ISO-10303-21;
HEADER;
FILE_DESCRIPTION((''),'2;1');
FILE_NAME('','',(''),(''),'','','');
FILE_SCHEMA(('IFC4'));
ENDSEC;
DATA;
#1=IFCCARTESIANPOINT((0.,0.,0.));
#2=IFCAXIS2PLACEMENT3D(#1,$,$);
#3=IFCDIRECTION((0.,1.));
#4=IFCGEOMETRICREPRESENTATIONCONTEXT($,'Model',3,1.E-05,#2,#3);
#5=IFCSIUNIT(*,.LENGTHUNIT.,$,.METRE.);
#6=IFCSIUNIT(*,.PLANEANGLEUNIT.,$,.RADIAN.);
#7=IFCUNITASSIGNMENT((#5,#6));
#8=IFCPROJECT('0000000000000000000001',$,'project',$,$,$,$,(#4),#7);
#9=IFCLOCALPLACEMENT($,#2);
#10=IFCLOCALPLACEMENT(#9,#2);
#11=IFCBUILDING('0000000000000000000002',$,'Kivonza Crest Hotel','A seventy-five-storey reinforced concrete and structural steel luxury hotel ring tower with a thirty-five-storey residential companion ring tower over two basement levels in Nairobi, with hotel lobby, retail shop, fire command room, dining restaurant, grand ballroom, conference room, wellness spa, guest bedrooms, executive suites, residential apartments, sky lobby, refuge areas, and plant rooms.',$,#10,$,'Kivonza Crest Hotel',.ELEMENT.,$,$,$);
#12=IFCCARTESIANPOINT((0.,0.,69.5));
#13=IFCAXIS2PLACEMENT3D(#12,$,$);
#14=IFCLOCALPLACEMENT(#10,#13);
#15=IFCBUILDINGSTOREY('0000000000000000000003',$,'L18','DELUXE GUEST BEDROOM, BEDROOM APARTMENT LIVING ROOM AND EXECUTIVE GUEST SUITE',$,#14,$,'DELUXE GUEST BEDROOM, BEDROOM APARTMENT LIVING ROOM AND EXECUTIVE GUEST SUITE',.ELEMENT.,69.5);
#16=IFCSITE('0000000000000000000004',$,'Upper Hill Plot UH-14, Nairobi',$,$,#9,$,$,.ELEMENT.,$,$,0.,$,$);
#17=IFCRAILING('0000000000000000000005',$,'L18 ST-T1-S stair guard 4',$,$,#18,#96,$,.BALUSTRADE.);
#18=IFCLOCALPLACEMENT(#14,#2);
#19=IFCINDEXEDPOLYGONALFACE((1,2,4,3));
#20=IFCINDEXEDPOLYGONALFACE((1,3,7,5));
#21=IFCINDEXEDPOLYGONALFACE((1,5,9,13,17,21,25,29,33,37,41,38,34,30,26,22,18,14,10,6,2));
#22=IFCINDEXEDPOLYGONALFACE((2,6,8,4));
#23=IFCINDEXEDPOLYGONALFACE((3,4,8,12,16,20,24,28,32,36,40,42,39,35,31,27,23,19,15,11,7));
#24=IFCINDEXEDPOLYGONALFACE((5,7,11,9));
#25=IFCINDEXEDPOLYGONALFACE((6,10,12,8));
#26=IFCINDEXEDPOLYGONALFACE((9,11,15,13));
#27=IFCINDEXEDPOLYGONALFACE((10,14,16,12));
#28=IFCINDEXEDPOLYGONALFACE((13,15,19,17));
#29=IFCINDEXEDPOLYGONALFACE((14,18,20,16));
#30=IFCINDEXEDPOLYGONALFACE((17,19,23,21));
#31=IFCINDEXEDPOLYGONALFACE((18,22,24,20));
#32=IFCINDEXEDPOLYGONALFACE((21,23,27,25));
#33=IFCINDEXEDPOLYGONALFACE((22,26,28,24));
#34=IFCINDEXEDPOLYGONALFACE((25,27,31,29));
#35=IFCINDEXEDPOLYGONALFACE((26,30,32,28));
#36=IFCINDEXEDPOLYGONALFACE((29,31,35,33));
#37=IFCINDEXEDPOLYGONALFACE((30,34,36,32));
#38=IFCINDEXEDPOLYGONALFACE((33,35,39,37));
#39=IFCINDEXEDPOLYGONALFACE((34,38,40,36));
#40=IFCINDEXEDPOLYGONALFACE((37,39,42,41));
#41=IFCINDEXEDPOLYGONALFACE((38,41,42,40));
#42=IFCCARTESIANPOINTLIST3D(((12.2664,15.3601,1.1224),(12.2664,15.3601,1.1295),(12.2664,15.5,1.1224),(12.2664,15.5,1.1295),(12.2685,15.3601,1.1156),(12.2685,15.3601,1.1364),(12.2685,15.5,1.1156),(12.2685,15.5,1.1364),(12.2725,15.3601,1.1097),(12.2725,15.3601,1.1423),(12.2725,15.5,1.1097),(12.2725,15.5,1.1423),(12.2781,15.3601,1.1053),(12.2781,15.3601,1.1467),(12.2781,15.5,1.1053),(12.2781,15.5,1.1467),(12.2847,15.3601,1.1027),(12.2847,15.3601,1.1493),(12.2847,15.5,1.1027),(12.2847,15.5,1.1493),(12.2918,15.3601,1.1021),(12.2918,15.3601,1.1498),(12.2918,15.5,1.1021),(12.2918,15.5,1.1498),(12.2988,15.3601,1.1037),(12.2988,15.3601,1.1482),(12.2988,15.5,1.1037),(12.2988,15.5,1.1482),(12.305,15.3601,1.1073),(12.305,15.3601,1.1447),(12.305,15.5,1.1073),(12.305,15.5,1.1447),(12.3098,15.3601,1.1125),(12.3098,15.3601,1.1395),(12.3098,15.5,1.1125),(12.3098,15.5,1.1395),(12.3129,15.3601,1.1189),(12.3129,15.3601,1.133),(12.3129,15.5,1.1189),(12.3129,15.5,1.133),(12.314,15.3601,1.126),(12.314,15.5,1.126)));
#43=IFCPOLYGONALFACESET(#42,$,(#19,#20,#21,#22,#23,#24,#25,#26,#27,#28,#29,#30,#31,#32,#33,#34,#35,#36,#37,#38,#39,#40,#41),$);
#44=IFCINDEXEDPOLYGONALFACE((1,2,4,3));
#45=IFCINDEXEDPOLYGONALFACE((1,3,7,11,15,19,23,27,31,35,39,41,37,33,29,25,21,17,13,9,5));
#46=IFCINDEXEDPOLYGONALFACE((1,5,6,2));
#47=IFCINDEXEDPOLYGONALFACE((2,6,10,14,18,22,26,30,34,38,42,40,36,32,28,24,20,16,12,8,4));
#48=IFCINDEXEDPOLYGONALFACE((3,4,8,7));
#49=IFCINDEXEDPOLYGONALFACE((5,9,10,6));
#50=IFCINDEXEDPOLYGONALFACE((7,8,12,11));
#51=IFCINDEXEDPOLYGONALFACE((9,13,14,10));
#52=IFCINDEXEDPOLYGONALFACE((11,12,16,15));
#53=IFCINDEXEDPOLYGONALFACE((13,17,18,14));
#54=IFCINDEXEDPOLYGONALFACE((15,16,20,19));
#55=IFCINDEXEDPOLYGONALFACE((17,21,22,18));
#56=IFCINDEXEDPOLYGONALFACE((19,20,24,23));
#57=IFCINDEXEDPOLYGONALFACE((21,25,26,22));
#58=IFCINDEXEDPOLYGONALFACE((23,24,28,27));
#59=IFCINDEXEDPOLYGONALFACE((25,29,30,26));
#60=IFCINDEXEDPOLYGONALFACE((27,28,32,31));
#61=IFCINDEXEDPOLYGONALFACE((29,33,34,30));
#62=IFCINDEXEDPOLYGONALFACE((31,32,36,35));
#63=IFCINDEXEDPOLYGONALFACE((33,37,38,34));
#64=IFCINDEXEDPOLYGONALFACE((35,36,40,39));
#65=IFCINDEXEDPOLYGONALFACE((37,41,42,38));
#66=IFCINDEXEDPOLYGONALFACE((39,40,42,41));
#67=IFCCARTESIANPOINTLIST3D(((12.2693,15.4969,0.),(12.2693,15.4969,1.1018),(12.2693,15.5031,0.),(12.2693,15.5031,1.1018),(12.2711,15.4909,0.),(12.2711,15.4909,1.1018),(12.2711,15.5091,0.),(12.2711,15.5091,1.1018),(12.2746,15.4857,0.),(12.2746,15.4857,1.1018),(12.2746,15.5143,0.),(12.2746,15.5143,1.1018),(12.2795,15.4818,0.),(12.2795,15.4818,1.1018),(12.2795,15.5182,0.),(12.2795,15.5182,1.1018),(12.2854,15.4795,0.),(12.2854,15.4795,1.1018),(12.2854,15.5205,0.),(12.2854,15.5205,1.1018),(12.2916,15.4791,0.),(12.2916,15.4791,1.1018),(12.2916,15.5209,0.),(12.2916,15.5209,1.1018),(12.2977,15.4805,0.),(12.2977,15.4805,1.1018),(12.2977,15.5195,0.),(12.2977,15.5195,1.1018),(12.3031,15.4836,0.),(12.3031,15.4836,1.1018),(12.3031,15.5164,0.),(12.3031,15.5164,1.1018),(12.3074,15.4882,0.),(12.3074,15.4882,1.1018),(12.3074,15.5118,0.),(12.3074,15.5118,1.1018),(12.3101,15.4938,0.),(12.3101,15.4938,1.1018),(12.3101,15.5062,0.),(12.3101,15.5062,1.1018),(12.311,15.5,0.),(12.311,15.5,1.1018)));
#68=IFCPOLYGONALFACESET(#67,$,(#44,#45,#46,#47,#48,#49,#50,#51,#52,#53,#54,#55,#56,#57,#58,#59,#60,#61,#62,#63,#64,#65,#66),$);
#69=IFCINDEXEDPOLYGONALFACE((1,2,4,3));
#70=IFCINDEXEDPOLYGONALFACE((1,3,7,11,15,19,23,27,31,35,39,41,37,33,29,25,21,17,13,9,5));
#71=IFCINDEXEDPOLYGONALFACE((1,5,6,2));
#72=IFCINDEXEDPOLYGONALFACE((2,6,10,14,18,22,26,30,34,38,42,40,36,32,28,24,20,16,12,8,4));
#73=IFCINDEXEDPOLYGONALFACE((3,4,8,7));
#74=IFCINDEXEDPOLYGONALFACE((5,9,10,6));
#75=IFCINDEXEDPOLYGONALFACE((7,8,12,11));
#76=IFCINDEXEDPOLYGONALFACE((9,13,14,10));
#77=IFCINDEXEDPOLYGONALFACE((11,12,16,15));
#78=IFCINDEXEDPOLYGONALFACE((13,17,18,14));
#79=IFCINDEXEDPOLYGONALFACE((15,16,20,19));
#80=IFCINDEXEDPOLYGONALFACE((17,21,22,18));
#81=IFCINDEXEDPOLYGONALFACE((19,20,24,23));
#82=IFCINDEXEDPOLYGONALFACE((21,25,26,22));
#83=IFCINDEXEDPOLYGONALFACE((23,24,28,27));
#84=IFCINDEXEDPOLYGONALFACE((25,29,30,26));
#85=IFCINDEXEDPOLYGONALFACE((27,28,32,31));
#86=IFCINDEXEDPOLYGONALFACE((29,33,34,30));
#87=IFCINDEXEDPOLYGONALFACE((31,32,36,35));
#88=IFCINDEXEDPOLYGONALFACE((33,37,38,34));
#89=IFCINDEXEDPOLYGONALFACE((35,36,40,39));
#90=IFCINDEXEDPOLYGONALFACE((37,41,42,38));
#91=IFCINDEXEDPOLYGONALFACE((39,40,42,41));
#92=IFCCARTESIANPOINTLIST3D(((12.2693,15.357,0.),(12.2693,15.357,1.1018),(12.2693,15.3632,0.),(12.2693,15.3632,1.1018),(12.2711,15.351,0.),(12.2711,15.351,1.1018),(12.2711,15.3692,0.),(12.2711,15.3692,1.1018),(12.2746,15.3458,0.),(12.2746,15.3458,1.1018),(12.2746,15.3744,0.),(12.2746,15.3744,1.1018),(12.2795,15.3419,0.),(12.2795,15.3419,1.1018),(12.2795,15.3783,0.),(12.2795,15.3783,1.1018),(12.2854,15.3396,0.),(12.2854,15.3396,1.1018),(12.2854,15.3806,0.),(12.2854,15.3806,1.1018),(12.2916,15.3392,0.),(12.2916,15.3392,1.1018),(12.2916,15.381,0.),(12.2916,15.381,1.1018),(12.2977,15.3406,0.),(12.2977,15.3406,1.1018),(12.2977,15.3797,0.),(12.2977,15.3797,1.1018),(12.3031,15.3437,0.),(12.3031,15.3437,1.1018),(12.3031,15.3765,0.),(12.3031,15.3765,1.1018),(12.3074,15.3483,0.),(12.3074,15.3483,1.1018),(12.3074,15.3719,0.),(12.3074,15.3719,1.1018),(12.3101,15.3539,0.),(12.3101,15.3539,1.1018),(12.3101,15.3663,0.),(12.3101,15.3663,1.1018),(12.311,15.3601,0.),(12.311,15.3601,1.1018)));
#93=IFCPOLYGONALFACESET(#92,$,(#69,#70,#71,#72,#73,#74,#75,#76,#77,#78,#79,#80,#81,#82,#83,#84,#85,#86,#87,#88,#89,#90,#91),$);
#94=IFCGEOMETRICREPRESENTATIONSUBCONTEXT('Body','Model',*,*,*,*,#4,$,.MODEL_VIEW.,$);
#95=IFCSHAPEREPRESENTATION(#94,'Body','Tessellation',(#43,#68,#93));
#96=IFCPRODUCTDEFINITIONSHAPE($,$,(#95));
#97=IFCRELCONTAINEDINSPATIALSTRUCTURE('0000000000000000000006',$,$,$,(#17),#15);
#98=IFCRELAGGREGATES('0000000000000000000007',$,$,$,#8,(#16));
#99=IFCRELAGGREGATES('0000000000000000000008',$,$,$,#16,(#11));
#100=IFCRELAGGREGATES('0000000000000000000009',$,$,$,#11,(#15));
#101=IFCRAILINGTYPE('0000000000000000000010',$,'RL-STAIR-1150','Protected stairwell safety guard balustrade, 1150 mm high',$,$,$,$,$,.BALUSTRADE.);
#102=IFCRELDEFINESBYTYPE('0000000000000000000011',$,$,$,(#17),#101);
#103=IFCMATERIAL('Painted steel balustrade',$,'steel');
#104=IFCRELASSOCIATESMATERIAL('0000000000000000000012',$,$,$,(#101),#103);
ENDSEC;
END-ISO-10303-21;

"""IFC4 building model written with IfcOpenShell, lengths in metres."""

from ifc_helpers import new_model, si_unit, direction, frame, origin, origin_2d, place, context, subcontext, project, spatial, circle, extrude, material, type_object, element, save


model = new_model("IFC4")

# Units and contexts
model_context = context("Model", 3, precision=1e-05, world=origin(), true_north=direction((0.0, 1.0)))
body_context = subcontext(model_context, "Body", "Model", "MODEL_VIEW")
ifc_project = project(units=[si_unit("LENGTHUNIT", "METRE"), si_unit("PLANEANGLEUNIT", "RADIAN")], contexts=[model_context])

# Site, building, storey
site_placement = place(None, origin())
site = spatial("IfcSite", under=ifc_project, at=site_placement, Name="Upper Hill Plot UH-14, Nairobi", CompositionType="ELEMENT", RefElevation=0.0)
building_placement = place(site_placement, origin())
building = spatial("IfcBuilding", under=site, at=building_placement, Name="Kivonza Crest Hotel", Description="A seventy-five-storey reinforced concrete and structural steel luxury hotel ring tower with a thirty-five-storey residential companion ring tower over two basement levels in Nairobi, with hotel lobby, retail shop, fire command room, dining restaurant, grand ballroom, conference room, wellness spa, guest bedrooms, executive suites, residential apartments, sky lobby, refuge areas, and plant rooms.", LongName="Kivonza Crest Hotel", CompositionType="ELEMENT")
storey_placement = place(building_placement, frame((0.0, 0.0, 69.5)))
storey = spatial("IfcBuildingStorey", under=building, at=storey_placement, Name="L18", Description="DELUXE GUEST BEDROOM, BEDROOM APARTMENT LIVING ROOM AND EXECUTIVE GUEST SUITE", LongName="DELUXE GUEST BEDROOM, BEDROOM APARTMENT LIVING ROOM AND EXECUTIVE GUEST SUITE", CompositionType="ELEMENT", Elevation=69.5)

# Railing
ifc_material_1 = material(Name="Painted steel balustrade", Category="steel")
railing_type_1 = type_object("IfcRailingType", Name="RL-STAIR-1150", Description="Protected stairwell safety guard balustrade, 1150 mm high", PredefinedType="BALUSTRADE", material=ifc_material_1)
railing_1_placement = place(storey_placement, frame((12.29, 15.5, 0.0)))
element("IfcRailing", 1, at=railing_1_placement, inside=storey, type_object=railing_type_1, Name="L18 ST-T1-S stair guard 4", PredefinedType="BALUSTRADE", context=body_context, shape_type="SweptSolid", body=[
    extrude(circle(Radius=0.0239, at=origin_2d()), frame((0.0, 0.0, 1.126), z_axis=(0.0, -1.0, 0.0), x_axis=(1.0, 0.0, 0.0)), (0.0, 0.0, 1.0), 0.1399),
    extrude(circle(Radius=0.021, at=origin_2d()), origin(), (0.0, 0.0, 1.0), 1.1018),
    extrude(circle(Radius=0.021, at=origin_2d()), frame((0.0, -0.1399, 0.0)), (0.0, 0.0, 1.0), 1.1018),
])

save(model, "model.ifc")
